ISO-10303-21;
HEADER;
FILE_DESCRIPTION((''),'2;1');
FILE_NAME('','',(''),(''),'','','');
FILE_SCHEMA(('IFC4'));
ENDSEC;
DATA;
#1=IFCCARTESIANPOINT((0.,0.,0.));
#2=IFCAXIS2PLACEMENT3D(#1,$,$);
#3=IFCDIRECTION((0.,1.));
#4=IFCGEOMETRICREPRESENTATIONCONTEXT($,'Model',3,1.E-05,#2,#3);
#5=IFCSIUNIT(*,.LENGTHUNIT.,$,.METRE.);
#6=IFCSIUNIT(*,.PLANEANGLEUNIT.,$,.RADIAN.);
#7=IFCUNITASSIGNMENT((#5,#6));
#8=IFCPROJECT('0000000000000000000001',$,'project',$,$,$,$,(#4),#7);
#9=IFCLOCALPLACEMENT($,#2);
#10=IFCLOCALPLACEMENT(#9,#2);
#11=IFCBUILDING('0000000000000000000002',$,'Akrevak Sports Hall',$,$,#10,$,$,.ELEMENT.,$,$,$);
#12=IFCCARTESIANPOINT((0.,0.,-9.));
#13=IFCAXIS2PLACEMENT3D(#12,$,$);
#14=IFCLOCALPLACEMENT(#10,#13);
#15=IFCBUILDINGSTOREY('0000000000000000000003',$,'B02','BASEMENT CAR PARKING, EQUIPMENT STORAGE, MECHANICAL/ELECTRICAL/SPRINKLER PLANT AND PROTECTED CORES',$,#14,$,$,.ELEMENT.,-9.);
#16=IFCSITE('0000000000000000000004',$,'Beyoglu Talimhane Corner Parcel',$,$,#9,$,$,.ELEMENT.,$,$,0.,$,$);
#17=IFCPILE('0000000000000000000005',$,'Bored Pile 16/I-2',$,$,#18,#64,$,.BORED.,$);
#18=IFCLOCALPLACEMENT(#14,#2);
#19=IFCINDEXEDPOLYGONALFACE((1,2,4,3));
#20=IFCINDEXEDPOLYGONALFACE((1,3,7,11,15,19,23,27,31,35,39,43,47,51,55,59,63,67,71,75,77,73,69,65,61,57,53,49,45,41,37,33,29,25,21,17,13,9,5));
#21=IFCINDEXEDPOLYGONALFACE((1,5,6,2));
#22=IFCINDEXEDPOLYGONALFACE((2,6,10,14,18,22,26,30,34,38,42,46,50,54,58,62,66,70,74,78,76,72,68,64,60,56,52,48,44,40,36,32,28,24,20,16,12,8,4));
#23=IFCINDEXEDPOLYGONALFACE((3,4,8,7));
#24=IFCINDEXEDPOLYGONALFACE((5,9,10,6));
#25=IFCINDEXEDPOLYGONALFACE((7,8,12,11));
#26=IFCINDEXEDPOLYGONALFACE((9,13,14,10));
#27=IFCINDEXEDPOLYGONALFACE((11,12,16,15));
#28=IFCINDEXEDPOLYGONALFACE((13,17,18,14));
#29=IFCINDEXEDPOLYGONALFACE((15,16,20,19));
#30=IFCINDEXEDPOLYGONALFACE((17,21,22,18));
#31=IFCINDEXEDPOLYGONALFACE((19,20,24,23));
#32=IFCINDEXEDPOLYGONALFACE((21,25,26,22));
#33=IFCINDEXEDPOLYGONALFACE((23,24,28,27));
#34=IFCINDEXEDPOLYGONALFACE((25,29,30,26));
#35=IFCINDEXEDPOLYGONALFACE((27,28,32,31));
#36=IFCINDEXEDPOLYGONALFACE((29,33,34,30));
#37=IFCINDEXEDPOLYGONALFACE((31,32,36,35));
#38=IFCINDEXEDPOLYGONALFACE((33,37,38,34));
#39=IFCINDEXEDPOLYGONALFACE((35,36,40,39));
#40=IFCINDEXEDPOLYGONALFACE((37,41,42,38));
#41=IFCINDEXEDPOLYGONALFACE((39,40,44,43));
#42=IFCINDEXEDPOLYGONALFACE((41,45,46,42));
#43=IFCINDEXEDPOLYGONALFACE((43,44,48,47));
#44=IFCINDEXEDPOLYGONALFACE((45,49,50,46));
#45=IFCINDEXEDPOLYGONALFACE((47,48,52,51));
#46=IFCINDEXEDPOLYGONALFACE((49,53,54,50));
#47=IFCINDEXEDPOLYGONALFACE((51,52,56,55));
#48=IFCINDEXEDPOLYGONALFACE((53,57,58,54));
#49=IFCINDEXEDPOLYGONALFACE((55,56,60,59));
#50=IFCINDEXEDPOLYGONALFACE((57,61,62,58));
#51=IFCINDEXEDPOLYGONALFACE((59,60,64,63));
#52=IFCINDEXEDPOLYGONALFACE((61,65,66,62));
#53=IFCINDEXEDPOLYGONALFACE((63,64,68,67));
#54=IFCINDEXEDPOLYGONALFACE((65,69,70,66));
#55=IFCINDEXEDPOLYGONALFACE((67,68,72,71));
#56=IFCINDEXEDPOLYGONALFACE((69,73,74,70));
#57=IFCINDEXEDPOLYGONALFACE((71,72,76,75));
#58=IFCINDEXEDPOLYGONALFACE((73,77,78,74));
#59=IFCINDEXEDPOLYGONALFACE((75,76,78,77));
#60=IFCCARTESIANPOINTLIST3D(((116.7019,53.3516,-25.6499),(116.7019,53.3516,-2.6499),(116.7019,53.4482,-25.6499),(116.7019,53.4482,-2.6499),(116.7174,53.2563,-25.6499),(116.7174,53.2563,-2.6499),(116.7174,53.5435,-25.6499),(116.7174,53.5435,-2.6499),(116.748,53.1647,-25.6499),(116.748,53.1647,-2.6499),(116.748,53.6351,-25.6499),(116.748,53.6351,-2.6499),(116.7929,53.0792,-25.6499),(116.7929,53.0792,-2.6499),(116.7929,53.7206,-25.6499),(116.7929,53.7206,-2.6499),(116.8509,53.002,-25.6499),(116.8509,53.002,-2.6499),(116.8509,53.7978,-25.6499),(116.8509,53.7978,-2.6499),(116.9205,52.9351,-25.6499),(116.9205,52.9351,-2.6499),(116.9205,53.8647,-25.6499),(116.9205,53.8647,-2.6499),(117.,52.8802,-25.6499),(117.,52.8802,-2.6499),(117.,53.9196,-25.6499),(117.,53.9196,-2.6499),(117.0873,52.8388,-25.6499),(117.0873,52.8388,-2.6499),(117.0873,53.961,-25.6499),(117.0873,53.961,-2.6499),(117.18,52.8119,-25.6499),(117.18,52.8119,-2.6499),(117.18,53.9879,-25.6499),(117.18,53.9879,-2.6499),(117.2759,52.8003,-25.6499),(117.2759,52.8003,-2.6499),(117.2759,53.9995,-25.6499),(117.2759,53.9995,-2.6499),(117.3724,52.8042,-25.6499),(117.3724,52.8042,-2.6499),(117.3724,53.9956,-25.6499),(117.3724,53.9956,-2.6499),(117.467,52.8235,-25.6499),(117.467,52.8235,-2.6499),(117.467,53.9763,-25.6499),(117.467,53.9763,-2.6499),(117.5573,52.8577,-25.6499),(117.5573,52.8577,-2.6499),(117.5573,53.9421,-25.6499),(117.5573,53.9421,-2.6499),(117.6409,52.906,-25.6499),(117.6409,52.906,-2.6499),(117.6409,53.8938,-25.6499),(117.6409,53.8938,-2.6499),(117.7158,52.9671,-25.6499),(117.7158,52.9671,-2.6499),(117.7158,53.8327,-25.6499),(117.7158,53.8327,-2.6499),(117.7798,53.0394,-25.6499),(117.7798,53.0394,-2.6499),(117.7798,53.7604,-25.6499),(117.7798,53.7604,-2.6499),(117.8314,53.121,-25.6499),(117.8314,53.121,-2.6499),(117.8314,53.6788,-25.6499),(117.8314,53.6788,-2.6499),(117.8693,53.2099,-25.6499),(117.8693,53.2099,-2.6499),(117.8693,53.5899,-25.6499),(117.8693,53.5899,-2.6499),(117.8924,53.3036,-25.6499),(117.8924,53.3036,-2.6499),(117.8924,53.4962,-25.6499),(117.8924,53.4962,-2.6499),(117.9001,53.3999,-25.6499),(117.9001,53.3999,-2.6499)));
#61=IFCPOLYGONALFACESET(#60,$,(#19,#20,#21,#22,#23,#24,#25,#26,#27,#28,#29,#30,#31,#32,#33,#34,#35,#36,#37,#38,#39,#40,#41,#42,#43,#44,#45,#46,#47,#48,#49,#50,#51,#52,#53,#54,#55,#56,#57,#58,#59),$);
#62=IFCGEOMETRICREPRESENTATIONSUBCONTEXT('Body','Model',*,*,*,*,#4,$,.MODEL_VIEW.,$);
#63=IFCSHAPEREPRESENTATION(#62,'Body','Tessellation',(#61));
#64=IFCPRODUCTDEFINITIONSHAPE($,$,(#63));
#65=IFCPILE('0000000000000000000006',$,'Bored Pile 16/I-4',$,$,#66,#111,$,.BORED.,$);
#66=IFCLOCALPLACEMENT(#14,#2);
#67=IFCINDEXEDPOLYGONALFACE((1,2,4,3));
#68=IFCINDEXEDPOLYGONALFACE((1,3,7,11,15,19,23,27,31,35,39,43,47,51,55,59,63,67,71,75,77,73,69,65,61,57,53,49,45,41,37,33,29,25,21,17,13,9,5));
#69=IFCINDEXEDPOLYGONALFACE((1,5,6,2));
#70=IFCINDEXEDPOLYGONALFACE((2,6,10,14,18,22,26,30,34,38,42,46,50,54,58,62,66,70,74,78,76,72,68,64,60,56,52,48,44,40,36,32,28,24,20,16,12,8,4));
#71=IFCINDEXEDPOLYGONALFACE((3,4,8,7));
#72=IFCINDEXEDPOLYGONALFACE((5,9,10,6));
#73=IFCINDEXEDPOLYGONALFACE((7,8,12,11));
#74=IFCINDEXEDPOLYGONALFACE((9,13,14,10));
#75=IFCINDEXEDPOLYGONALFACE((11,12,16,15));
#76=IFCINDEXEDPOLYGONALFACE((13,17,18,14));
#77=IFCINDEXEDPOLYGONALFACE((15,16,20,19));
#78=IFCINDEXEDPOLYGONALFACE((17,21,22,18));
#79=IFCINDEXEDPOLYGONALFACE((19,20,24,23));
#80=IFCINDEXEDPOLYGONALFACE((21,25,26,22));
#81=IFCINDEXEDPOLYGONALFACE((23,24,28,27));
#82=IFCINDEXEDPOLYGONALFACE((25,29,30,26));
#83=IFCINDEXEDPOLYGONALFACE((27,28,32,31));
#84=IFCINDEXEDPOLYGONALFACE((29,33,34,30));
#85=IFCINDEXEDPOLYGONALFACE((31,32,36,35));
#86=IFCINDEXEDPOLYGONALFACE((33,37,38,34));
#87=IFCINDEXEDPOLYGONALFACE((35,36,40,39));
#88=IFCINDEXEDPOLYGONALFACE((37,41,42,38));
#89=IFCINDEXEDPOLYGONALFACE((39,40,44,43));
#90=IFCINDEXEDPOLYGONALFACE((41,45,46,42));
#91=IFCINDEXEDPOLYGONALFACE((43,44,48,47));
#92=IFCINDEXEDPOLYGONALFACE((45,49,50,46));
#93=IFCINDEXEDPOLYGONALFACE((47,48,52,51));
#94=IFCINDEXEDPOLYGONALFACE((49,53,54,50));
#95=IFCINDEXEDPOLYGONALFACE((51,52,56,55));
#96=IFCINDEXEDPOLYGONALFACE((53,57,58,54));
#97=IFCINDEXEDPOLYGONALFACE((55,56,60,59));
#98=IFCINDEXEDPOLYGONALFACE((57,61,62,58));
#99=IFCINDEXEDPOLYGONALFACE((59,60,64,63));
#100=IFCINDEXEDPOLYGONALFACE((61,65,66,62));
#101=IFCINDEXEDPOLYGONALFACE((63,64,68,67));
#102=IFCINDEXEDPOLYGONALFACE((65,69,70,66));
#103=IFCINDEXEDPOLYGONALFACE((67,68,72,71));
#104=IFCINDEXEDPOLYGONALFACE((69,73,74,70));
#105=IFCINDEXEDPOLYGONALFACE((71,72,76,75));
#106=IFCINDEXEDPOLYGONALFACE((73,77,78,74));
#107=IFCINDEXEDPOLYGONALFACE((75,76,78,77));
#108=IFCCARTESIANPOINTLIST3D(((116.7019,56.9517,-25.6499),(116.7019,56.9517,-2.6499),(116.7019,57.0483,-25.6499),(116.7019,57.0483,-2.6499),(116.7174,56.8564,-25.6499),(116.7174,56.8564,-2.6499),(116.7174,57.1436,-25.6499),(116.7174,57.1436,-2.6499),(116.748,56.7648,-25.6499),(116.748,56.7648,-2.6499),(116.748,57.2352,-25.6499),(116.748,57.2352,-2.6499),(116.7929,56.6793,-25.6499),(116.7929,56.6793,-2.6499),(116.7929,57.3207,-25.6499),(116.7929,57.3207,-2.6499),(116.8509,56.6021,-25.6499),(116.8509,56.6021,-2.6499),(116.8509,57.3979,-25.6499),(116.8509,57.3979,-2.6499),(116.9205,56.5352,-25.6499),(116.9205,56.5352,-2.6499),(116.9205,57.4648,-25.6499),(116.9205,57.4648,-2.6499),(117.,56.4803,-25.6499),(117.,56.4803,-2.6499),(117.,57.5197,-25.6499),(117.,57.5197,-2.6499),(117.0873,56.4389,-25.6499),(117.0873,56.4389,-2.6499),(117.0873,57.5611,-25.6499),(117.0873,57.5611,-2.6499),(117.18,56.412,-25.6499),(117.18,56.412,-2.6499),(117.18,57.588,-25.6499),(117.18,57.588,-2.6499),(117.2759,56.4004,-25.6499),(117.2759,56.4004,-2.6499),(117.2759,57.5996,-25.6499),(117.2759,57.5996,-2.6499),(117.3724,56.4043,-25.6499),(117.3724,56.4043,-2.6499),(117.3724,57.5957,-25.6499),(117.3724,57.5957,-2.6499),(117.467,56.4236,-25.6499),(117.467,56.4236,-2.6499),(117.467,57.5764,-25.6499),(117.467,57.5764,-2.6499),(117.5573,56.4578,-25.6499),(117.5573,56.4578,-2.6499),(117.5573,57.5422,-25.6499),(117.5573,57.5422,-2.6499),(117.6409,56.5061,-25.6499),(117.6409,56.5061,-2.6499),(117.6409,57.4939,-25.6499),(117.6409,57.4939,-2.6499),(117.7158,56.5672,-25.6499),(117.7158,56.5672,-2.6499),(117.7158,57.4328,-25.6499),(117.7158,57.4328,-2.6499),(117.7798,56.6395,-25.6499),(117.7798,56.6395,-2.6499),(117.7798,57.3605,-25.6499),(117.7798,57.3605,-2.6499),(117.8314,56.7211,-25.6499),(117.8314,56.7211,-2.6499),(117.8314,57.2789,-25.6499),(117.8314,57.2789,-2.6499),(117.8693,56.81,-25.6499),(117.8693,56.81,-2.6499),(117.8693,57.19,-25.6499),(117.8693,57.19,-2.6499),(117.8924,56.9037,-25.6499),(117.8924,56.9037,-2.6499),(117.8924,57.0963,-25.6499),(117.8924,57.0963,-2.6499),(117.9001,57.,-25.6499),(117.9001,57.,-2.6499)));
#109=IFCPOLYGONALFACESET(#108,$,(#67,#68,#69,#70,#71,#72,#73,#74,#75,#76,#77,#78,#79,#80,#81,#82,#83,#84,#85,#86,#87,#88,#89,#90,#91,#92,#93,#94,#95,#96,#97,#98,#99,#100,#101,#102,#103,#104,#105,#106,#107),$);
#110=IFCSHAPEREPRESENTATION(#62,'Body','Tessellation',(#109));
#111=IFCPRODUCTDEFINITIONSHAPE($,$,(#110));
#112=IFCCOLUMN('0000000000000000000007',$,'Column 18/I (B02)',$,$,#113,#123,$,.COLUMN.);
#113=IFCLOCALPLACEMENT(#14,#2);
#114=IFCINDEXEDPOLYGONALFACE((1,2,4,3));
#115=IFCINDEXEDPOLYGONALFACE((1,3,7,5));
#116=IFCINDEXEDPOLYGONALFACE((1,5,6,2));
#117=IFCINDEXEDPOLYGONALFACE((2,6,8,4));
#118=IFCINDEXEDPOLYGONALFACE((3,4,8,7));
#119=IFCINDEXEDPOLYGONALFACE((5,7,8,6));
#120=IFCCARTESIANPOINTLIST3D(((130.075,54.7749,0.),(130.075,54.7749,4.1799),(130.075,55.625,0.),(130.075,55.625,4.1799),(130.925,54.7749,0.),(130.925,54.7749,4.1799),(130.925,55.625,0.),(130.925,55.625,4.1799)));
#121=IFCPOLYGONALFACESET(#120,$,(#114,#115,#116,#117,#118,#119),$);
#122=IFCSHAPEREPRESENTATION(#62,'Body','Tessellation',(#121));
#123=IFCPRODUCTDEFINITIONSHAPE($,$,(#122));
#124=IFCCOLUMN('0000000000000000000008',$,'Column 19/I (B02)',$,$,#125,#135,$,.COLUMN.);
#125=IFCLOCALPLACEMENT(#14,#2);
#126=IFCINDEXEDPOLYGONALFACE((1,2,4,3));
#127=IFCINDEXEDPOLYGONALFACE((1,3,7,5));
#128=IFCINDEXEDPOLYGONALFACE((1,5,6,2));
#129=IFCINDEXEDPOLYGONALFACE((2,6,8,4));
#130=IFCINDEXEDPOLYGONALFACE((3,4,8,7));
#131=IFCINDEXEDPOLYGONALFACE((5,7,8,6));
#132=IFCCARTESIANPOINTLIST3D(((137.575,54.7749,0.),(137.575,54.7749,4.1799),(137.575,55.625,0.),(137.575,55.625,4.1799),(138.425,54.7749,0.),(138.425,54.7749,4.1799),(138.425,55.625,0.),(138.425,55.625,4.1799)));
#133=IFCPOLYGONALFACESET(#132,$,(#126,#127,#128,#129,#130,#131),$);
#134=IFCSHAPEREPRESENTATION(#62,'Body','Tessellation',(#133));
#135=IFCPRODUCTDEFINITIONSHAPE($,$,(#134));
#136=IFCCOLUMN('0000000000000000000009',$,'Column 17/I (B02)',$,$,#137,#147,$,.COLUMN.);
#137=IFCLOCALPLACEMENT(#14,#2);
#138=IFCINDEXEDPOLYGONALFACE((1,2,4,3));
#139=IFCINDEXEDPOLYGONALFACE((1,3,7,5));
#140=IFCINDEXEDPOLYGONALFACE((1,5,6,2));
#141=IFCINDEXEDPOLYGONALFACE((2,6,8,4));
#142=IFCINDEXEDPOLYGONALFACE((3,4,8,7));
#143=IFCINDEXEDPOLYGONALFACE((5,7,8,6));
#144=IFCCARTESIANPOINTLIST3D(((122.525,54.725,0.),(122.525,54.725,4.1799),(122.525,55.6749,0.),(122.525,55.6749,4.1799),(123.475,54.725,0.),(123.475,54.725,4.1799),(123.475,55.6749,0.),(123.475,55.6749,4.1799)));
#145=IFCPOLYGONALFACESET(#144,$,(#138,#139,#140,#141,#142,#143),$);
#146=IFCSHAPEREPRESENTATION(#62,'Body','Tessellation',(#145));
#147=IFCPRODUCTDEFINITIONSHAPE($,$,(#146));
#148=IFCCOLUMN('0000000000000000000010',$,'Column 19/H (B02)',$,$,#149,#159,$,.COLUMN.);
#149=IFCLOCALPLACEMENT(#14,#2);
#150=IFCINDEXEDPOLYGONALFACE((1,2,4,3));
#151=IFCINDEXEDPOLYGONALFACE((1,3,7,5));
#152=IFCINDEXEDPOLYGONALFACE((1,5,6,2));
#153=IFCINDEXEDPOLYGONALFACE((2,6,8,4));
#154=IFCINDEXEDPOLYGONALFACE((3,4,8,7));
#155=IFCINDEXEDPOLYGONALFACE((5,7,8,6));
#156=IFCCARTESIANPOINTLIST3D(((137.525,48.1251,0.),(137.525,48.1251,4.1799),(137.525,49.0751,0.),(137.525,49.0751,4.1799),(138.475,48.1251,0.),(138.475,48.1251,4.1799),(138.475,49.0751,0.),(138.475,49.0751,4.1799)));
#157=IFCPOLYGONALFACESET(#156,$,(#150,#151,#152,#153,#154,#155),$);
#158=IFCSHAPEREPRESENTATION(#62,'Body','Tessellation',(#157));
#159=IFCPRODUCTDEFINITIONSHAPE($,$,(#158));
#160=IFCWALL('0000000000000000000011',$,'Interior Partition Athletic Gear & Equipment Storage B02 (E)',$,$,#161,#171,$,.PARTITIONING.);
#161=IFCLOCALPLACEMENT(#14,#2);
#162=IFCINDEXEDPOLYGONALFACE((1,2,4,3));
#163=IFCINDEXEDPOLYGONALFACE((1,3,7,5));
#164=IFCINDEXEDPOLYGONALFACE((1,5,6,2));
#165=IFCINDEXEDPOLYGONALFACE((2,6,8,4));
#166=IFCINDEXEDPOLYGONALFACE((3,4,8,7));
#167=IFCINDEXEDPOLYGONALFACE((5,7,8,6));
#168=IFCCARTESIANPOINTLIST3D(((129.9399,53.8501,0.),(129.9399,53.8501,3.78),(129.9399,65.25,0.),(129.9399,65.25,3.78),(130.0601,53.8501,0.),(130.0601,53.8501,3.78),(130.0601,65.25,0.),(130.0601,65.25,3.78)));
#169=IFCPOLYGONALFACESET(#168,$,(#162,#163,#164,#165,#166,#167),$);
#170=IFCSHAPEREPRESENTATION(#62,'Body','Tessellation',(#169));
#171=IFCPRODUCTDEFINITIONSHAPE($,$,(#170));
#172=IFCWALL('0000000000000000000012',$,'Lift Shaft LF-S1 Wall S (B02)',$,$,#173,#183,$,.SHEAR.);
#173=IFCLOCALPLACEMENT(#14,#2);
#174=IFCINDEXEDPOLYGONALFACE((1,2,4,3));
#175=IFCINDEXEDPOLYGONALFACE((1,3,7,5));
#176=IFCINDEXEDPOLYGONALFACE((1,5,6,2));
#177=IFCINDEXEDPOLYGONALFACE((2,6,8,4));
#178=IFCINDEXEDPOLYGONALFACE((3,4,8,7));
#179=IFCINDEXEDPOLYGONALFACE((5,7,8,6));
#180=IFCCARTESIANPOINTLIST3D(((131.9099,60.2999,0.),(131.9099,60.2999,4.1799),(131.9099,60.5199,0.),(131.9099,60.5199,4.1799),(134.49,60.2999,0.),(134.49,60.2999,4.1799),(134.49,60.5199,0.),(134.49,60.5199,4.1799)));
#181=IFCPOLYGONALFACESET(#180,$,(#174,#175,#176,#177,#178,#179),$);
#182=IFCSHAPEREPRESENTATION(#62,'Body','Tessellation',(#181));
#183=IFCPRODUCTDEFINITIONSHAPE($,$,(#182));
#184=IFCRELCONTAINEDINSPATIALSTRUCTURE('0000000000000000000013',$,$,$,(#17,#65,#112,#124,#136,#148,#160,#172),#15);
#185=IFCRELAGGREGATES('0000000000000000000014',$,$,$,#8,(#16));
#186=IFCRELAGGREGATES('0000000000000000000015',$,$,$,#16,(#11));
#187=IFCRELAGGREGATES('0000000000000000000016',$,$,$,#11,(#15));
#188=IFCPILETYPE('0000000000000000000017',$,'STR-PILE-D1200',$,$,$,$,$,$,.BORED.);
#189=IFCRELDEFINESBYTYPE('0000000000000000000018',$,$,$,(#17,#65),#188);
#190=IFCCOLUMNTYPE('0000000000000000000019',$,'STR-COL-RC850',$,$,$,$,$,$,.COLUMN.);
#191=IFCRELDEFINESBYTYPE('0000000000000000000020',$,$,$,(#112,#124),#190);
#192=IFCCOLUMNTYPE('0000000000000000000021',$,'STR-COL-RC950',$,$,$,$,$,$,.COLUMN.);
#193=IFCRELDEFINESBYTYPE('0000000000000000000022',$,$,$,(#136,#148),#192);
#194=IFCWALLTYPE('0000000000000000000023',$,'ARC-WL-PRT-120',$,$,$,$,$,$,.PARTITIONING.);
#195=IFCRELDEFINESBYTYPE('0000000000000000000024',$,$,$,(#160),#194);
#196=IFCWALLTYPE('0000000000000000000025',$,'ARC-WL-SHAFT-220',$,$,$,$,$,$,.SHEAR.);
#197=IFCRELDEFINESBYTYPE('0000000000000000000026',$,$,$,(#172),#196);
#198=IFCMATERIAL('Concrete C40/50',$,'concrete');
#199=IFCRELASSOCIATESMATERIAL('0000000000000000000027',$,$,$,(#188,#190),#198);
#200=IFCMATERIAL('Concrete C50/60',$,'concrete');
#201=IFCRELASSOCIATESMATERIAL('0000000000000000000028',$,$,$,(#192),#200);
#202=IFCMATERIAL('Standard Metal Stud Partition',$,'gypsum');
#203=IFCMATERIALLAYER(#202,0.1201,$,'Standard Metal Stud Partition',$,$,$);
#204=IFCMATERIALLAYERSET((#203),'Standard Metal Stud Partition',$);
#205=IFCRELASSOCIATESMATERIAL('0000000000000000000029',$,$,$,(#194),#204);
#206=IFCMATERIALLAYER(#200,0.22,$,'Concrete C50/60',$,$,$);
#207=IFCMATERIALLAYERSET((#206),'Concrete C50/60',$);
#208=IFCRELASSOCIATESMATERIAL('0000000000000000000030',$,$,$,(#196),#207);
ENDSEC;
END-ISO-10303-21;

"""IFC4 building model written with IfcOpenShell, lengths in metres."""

from ifc_helpers import new_model, si_unit, direction, frame, frame_2d, origin, origin_2d, place, context, subcontext, project, spatial, rectangle, circle, extrude, material, layer, layer_set, material_profile, profile_set, type_object, element, save


model = new_model("IFC4")

# Units and contexts
model_context = context("Model", 3, precision=1e-05, world=origin(), true_north=direction((0.0, 1.0)))
body_context = subcontext(model_context, "Body", "Model", "MODEL_VIEW")
ifc_project = project(units=[si_unit("LENGTHUNIT", "METRE"), si_unit("PLANEANGLEUNIT", "RADIAN")], contexts=[model_context])

# Site, building, storey
site_placement = place(None, origin())
site = spatial("IfcSite", under=ifc_project, at=site_placement, Name="Beyoglu Talimhane Corner Parcel", CompositionType="ELEMENT", RefElevation=0.0)
building_placement = place(site_placement, origin())
building = spatial("IfcBuilding", under=site, at=building_placement, Name="Akrevak Sports Hall", CompositionType="ELEMENT")
storey_placement = place(building_placement, frame((0.0, 0.0, -9.0)))
storey = spatial("IfcBuildingStorey", under=building, at=storey_placement, Name="B02", Description="BASEMENT CAR PARKING, EQUIPMENT STORAGE, MECHANICAL/ELECTRICAL/SPRINKLER PLANT AND PROTECTED CORES", CompositionType="ELEMENT", Elevation=-9.0)

# Shared definitions
ifc_material_1 = material(Name="Concrete C40/50", Category="concrete")

# Piles
ifc_material_profile_1 = material_profile(ifc_material_1, circle(Radius=0.6001, at=origin_2d()), Name="BORED PILE D1200", Category="concrete")
ifc_profile_set_1 = profile_set([ifc_material_profile_1], Name="Concrete C40/50")
pile_type_1 = type_object("IfcPileType", Name="STR-PILE-D1200", PredefinedType="BORED", material=ifc_profile_set_1)
for number, where, z_axis, x_axis, name in (
    (1, (117.3, 53.3999, -2.6499), (0.0, 0.0, -1.0), (1.0, 0.0, 0.0), "Bored Pile 16/I-2"),
    (2, (117.3, 57.0, -2.6499), (0.0, 0.0, -1.0), (1.0, 0.0, 0.0), "Bored Pile 16/I-4"),
):
    element("IfcPile", number, at=place(storey_placement, frame(where, z_axis=z_axis, x_axis=x_axis)), inside=storey, type_object=pile_type_1, Name=name, PredefinedType="BORED", context=body_context, shape_type="SweptSolid", body=[
        extrude(circle(Radius=0.6001, at=origin_2d()), origin(), (0.0, 0.0, 1.0), 23.0),
    ])

# Columns
ifc_material_profile_2 = material_profile(ifc_material_1, rectangle(XDim=0.8501, YDim=0.8501, at=origin_2d()), Name="RC 850x850", Category="concrete")
ifc_profile_set_2 = profile_set([ifc_material_profile_2], Name="Concrete C40/50")
column_type_1 = type_object("IfcColumnType", Name="STR-COL-RC850", PredefinedType="COLUMN", material=ifc_profile_set_2)
for number, where, z_axis, x_axis, name in (
    (3, (130.5, 55.2, 0.0), (0.0, 0.0, 1.0), (1.0, 0.0, 0.0), "Column 18/I (B02)"),
    (4, (138.0, 55.2, 0.0), (0.0, 0.0, 1.0), (1.0, 0.0, 0.0), "Column 19/I (B02)"),
):
    element("IfcColumn", number, at=place(storey_placement, frame(where, z_axis=z_axis, x_axis=x_axis)), inside=storey, type_object=column_type_1, Name=name, PredefinedType="COLUMN", context=body_context, shape_type="SweptSolid", body=[
        extrude(rectangle(XDim=0.8501, YDim=0.8501, at=origin_2d()), origin(), (0.0, 0.0, 1.0), 4.1799),
    ])
ifc_material_2 = material(Name="Concrete C50/60", Category="concrete")
ifc_material_profile_3 = material_profile(ifc_material_2, rectangle(XDim=0.95, YDim=0.95, at=origin_2d()), Name="RC 950x950", Category="concrete")
ifc_profile_set_3 = profile_set([ifc_material_profile_3], Name="Concrete C50/60")
column_type_2 = type_object("IfcColumnType", Name="STR-COL-RC950", PredefinedType="COLUMN", material=ifc_profile_set_3)
for number, where, z_axis, x_axis, name in (
    (5, (123.0, 55.2, 0.0), (0.0, 0.0, 1.0), (1.0, 0.0, 0.0), "Column 17/I (B02)"),
    (6, (138.0, 48.6001, 0.0), (0.0, 0.0, 1.0), (1.0, 0.0, 0.0), "Column 19/H (B02)"),
):
    element("IfcColumn", number, at=place(storey_placement, frame(where, z_axis=z_axis, x_axis=x_axis)), inside=storey, type_object=column_type_2, Name=name, PredefinedType="COLUMN", context=body_context, shape_type="SweptSolid", body=[
        extrude(rectangle(XDim=0.95, YDim=0.95, at=origin_2d()), origin(), (0.0, 0.0, 1.0), 4.1799),
    ])

# Walls
ifc_material_3 = material(Name="Standard Metal Stud Partition", Category="gypsum")
ifc_layer_1 = layer(ifc_material_3, 0.1201, Name="Standard Metal Stud Partition")
ifc_layer_set_1 = layer_set([ifc_layer_1], Name="Standard Metal Stud Partition")
wall_type_1 = type_object("IfcWallType", Name="ARC-WL-PRT-120", PredefinedType="PARTITIONING", material=ifc_layer_set_1)
wall_1_placement = place(storey_placement, frame((130.0, 53.8501, 0.0), z_axis=(0.0, 0.0, 1.0), x_axis=(0.0, 1.0, 0.0)))
element("IfcWall", 7, at=wall_1_placement, inside=storey, type_object=wall_type_1, Name="Interior Partition Athletic Gear & Equipment Storage B02 (E)", PredefinedType="PARTITIONING", context=body_context, shape_type="SweptSolid", body=[
    extrude(rectangle(XDim=11.3999, YDim=0.1201, at=frame_2d((5.7, 0.0))), origin(), (0.0, 0.0, 1.0), 3.78),
])
ifc_layer_2 = layer(ifc_material_2, 0.22, Name="Concrete C50/60")
ifc_layer_set_2 = layer_set([ifc_layer_2], Name="Concrete C50/60")
wall_type_2 = type_object("IfcWallType", Name="ARC-WL-SHAFT-220", PredefinedType="SHEAR", material=ifc_layer_set_2)
wall_2_placement = place(storey_placement, frame((131.9099, 60.4099, 0.0), z_axis=(0.0, 0.0, 1.0), x_axis=(1.0, 0.0, 0.0)))
element("IfcWall", 8, at=wall_2_placement, inside=storey, type_object=wall_type_2, Name="Lift Shaft LF-S1 Wall S (B02)", PredefinedType="SHEAR", context=body_context, shape_type="SweptSolid", body=[
    extrude(rectangle(XDim=2.5801, YDim=0.22, at=frame_2d((1.29, 0.0))), origin(), (0.0, 0.0, 1.0), 4.1799),
])

save(model, "model.ifc")
